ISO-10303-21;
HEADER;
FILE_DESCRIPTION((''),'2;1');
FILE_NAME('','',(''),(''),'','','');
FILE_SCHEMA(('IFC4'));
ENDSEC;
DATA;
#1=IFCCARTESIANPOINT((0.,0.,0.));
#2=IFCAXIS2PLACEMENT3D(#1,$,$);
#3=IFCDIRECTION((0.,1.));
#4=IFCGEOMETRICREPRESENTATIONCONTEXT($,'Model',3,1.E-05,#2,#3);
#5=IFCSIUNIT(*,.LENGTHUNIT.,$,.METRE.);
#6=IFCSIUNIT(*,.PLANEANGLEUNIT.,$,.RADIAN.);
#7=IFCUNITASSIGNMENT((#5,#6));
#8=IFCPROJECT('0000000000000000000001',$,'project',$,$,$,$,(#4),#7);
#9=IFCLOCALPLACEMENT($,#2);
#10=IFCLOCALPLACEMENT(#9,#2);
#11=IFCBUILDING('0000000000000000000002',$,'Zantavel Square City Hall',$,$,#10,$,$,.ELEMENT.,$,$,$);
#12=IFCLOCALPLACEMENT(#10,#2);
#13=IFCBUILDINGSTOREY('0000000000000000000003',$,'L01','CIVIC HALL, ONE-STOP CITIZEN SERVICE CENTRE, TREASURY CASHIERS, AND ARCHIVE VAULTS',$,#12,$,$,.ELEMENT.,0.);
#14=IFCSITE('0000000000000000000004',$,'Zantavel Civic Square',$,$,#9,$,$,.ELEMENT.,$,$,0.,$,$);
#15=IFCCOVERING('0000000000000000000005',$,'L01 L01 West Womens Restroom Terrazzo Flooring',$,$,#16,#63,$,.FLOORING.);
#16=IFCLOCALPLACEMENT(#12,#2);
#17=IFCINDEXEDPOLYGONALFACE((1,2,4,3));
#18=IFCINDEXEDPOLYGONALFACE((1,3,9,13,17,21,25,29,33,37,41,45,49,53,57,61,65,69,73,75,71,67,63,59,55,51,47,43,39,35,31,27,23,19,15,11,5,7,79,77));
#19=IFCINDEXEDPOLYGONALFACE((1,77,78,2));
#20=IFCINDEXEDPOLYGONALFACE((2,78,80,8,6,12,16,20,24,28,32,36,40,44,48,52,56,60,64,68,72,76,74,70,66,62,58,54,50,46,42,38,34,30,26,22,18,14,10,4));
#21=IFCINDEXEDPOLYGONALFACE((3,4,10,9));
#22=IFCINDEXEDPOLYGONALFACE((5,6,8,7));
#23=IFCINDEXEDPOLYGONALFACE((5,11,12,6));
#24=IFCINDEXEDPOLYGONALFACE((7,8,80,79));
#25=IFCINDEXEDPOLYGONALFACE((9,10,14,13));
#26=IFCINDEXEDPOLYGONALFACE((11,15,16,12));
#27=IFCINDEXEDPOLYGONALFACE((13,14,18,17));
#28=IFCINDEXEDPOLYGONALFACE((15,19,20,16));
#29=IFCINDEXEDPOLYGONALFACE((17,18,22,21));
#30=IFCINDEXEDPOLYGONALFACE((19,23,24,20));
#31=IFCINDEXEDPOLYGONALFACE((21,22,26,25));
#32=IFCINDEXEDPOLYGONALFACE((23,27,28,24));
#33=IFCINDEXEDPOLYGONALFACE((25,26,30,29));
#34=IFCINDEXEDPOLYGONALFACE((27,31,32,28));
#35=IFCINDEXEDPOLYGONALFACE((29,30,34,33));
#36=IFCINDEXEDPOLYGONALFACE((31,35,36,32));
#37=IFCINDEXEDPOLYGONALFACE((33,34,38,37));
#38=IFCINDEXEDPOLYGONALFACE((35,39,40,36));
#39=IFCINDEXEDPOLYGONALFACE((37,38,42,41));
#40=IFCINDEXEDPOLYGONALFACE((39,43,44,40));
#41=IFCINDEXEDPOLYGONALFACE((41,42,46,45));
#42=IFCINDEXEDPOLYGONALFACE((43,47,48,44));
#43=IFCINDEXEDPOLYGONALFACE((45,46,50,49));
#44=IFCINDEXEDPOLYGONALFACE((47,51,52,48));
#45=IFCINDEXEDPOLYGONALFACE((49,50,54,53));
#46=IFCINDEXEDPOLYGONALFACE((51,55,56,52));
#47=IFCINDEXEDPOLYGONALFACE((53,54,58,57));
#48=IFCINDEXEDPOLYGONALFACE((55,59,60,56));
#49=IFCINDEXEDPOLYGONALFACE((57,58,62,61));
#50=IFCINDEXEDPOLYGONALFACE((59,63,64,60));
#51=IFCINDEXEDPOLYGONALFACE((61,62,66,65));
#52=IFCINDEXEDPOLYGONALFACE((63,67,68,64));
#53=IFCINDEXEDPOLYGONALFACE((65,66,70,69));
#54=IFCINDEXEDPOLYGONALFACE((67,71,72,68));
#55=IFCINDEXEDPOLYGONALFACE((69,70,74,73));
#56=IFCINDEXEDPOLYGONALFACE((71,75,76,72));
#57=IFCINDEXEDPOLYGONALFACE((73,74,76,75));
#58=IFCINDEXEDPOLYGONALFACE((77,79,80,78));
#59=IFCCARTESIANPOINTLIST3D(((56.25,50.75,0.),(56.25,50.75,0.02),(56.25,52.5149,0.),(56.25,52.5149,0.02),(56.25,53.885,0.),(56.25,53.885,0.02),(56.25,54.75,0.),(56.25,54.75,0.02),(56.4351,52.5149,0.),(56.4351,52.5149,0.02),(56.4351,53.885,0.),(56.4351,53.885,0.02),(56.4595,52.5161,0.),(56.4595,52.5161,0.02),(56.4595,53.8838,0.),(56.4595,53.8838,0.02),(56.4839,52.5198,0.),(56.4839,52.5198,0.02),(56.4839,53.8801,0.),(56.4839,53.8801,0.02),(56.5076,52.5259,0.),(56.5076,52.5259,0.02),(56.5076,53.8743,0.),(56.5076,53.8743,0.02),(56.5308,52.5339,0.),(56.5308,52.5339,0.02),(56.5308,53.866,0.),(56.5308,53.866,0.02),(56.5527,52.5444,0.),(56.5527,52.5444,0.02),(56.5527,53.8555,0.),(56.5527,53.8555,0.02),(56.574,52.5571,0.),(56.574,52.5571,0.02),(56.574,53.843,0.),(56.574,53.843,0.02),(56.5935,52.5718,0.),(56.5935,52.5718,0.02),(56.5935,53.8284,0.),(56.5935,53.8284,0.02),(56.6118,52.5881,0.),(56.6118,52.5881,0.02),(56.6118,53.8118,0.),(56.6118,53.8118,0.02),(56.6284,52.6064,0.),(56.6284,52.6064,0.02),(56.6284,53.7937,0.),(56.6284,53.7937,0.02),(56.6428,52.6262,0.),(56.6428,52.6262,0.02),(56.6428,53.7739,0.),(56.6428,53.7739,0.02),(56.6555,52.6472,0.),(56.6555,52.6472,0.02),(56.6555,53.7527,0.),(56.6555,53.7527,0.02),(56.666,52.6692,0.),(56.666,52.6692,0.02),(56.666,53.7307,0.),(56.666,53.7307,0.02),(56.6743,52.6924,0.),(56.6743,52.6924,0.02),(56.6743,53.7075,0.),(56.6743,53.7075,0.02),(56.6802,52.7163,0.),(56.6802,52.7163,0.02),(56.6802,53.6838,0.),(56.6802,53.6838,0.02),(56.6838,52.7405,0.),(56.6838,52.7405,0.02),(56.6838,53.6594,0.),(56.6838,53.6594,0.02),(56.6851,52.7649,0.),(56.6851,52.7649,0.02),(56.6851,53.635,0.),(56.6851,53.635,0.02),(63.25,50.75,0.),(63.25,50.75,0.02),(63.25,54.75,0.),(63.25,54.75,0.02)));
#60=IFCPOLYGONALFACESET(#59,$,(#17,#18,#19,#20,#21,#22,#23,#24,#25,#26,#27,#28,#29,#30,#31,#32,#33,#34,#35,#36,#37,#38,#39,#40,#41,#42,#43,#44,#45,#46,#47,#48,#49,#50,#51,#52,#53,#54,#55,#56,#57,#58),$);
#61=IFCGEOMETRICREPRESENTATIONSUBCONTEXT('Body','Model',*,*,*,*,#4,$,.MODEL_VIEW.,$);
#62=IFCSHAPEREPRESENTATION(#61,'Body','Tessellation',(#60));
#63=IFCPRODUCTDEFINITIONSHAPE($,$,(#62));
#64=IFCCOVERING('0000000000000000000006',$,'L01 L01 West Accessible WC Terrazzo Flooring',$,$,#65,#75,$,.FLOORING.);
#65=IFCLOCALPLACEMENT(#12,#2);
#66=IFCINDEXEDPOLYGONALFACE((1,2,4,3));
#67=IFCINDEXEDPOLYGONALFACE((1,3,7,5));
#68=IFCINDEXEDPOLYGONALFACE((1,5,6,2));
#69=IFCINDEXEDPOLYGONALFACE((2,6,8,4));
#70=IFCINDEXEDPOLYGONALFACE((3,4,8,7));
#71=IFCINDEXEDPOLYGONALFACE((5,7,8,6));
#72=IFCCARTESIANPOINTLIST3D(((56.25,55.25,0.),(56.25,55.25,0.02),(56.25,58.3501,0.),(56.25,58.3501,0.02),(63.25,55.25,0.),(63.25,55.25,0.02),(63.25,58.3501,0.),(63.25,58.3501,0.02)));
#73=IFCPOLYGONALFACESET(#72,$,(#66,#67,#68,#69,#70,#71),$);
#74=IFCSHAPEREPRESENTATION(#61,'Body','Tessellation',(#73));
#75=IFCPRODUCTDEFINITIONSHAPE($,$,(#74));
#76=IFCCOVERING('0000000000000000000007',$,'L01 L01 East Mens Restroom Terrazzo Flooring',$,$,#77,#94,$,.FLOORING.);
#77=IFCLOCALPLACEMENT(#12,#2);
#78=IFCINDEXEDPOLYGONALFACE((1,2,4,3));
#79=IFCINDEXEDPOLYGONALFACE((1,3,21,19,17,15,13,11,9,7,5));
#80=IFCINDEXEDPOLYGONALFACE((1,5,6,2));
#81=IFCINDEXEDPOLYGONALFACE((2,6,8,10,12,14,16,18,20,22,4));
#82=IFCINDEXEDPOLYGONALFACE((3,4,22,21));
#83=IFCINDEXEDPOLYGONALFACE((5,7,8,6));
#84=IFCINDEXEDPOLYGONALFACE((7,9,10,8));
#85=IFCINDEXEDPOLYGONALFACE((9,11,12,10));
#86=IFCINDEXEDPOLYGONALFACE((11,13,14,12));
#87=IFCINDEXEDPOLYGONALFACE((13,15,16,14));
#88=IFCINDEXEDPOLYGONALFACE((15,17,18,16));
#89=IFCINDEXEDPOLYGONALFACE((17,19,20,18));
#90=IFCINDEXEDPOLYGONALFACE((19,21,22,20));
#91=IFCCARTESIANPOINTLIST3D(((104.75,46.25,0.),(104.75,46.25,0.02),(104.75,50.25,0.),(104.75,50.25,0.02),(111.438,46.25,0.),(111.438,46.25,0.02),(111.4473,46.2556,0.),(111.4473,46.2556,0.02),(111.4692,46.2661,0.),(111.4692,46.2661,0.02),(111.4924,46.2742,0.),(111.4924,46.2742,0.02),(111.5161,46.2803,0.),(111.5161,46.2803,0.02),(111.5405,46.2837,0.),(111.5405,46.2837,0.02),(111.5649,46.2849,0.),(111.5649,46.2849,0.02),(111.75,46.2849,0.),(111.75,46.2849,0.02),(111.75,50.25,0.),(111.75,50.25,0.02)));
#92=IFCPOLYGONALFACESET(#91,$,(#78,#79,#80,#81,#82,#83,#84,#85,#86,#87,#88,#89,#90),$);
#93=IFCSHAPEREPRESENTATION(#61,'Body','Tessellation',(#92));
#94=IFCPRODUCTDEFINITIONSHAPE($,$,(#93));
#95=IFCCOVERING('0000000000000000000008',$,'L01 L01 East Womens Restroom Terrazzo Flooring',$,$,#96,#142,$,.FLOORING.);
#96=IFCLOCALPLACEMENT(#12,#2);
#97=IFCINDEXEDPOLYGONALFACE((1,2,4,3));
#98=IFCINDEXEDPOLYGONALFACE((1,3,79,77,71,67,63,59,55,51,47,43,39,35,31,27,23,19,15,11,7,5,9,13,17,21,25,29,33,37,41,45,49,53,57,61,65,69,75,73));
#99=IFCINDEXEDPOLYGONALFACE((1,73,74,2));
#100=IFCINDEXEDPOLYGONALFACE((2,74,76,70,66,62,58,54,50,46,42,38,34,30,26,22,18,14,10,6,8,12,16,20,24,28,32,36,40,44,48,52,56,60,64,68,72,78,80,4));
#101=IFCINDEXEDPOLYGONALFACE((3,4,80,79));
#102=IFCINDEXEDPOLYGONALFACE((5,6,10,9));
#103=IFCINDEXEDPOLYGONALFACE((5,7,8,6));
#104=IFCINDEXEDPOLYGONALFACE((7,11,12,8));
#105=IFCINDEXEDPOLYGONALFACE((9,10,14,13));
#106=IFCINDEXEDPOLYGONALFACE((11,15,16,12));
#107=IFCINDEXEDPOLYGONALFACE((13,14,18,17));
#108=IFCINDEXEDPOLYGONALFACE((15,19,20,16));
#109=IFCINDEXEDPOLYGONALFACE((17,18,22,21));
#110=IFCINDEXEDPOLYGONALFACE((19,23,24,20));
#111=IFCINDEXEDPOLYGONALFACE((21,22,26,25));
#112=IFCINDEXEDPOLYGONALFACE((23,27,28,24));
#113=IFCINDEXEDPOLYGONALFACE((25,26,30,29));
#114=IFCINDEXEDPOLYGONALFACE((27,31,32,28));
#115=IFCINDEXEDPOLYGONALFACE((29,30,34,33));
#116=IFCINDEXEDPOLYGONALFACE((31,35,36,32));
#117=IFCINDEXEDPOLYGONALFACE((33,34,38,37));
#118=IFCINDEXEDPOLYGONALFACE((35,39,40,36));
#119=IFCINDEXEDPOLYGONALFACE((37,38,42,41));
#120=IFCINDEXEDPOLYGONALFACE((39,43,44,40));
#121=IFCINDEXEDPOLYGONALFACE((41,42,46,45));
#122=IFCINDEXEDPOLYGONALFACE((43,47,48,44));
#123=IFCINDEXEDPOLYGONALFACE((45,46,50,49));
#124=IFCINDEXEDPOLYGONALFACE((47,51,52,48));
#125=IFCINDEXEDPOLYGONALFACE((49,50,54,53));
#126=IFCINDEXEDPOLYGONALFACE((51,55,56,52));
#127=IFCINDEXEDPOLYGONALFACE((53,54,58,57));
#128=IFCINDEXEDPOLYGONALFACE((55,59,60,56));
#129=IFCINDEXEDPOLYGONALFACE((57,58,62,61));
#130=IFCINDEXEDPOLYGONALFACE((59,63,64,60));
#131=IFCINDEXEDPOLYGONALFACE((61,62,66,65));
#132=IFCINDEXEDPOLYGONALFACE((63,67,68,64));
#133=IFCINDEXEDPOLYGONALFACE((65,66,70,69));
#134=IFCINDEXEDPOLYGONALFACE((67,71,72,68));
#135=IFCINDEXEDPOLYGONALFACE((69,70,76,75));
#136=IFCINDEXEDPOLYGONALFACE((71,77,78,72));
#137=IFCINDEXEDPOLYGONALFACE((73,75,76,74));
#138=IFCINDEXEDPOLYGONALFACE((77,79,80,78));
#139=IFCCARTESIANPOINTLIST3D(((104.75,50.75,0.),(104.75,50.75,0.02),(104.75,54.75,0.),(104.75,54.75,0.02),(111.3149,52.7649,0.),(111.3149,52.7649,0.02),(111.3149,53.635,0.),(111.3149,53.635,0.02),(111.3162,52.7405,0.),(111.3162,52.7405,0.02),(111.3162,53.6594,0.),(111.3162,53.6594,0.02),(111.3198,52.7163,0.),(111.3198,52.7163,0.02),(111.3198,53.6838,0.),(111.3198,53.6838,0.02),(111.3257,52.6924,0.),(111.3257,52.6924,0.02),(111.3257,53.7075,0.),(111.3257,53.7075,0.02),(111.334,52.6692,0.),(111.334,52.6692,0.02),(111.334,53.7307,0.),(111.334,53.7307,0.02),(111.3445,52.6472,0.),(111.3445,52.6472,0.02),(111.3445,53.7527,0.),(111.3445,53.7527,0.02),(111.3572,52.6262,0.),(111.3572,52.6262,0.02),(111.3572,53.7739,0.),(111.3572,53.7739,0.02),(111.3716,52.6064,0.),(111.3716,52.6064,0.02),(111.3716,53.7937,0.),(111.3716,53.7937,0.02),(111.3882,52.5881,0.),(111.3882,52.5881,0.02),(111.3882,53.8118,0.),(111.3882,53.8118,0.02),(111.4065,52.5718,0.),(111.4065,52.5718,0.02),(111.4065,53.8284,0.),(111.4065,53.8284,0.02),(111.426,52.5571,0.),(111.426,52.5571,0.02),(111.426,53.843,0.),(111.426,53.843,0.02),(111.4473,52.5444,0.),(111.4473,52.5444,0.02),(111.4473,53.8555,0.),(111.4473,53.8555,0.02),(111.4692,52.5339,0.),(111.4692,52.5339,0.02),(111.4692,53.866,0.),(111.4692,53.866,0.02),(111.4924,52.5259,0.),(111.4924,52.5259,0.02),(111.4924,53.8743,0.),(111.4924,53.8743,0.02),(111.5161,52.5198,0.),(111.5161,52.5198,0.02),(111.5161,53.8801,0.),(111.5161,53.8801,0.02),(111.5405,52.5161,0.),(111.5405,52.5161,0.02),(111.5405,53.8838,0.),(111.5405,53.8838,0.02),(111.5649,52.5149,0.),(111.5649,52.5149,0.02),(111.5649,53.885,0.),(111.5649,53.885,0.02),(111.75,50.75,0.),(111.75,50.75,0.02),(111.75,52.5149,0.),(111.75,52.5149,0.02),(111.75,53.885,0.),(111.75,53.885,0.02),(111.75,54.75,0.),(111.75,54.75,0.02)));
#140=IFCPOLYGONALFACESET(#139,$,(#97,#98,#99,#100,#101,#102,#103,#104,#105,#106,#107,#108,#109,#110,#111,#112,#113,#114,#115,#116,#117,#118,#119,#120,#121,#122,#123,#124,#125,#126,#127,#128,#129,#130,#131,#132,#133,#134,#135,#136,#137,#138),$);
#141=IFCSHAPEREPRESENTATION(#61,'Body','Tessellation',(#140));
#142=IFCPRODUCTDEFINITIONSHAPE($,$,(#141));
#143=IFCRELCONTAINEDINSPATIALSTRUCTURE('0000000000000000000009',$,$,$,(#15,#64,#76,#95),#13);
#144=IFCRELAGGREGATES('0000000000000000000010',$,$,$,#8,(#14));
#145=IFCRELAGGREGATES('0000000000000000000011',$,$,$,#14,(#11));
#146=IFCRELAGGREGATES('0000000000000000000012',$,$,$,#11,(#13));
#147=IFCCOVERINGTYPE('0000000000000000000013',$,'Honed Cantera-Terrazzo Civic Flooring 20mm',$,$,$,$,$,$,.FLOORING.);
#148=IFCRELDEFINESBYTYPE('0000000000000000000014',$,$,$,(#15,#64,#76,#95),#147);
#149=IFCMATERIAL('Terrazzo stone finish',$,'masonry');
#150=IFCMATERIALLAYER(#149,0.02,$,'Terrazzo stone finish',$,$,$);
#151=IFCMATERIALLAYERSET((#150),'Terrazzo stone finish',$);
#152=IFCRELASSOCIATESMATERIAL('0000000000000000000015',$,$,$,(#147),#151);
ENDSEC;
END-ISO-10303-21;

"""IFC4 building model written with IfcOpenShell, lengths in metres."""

from ifc_helpers import new_model, si_unit, direction, origin, place, context, subcontext, project, spatial, polyline, outline, extrude, material, layer, layer_set, type_object, element, save


model = new_model("IFC4")

# Units and contexts
model_context = context("Model", 3, precision=1e-05, world=origin(), true_north=direction((0.0, 1.0)))
body_context = subcontext(model_context, "Body", "Model", "MODEL_VIEW")
ifc_project = project(units=[si_unit("LENGTHUNIT", "METRE"), si_unit("PLANEANGLEUNIT", "RADIAN")], contexts=[model_context])

# Site, building, storey
site_placement = place(None, origin())
site = spatial("IfcSite", under=ifc_project, at=site_placement, Name="Zantavel Civic Square", CompositionType="ELEMENT", RefElevation=0.0)
building_placement = place(site_placement, origin())
building = spatial("IfcBuilding", under=site, at=building_placement, Name="Zantavel Square City Hall", CompositionType="ELEMENT")
storey_placement = place(building_placement, origin())
storey = spatial("IfcBuildingStorey", under=building, at=storey_placement, Name="L01", Description="CIVIC HALL, ONE-STOP CITIZEN SERVICE CENTRE, TREASURY CASHIERS, AND ARCHIVE VAULTS", CompositionType="ELEMENT", Elevation=0.0)

# Coverings
ifc_material_1 = material(Name="Terrazzo stone finish", Category="masonry")
ifc_layer_1 = layer(ifc_material_1, 0.02, Name="Terrazzo stone finish")
ifc_layer_set_1 = layer_set([ifc_layer_1], Name="Terrazzo stone finish")
covering_type_1 = type_object("IfcCoveringType", Name="Honed Cantera-Terrazzo Civic Flooring 20mm", PredefinedType="FLOORING", material=ifc_layer_set_1)
covering_1_placement = place(storey_placement, origin())
element("IfcCovering", 1, at=covering_1_placement, inside=storey, type_object=covering_type_1, Name="L01 L01 West Womens Restroom Terrazzo Flooring", PredefinedType="FLOORING", context=body_context, shape_type="SweptSolid", body=[
    extrude(outline(polyline([(56.25, 52.5149), (56.4351, 52.5149), (56.4595, 52.5161), (56.4839, 52.5198), (56.5076, 52.5259), (56.5308, 52.5339), (56.5527, 52.5444), (56.574, 52.5571), (56.5935, 52.5718), (56.6118, 52.5881), (56.6284, 52.6064), (56.6428, 52.6262), (56.6555, 52.6472), (56.666, 52.6692), (56.6743, 52.6924), (56.6802, 52.7163), (56.6838, 52.7405), (56.6851, 52.7649), (56.6851, 53.635), (56.6838, 53.6594), (56.6802, 53.6838), (56.6743, 53.7075), (56.666, 53.7307), (56.6555, 53.7527), (56.6428, 53.7739), (56.6284, 53.7937), (56.6118, 53.8118), (56.5935, 53.8284), (56.574, 53.843), (56.5527, 53.8555), (56.5308, 53.866), (56.5076, 53.8743), (56.4839, 53.8801), (56.4595, 53.8838), (56.4351, 53.885), (56.25, 53.885), (56.25, 54.75), (63.25, 54.75), (63.25, 50.75), (56.25, 50.75), (56.25, 52.5149)])), origin(), (0.0, 0.0, 1.0), 0.02),
])
covering_2_placement = place(storey_placement, origin())
element("IfcCovering", 2, at=covering_2_placement, inside=storey, type_object=covering_type_1, Name="L01 L01 West Accessible WC Terrazzo Flooring", PredefinedType="FLOORING", context=body_context, shape_type="SweptSolid", body=[
    extrude(outline(polyline([(56.25, 58.3501), (63.25, 58.3501), (63.25, 55.25), (56.25, 55.25), (56.25, 58.3501)])), origin(), (0.0, 0.0, 1.0), 0.02),
])
covering_3_placement = place(storey_placement, origin())
element("IfcCovering", 3, at=covering_3_placement, inside=storey, type_object=covering_type_1, Name="L01 L01 East Mens Restroom Terrazzo Flooring", PredefinedType="FLOORING", context=body_context, shape_type="SweptSolid", body=[
    extrude(outline(polyline([(104.75, 50.25), (111.75, 50.25), (111.75, 46.2849), (111.5649, 46.2849), (111.5405, 46.2837), (111.5161, 46.2803), (111.4924, 46.2742), (111.4692, 46.2661), (111.4473, 46.2556), (111.438, 46.25), (104.75, 46.25), (104.75, 50.25)])), origin(), (0.0, 0.0, 1.0), 0.02),
])
covering_4_placement = place(storey_placement, origin())
element("IfcCovering", 4, at=covering_4_placement, inside=storey, type_object=covering_type_1, Name="L01 L01 East Womens Restroom Terrazzo Flooring", PredefinedType="FLOORING", context=body_context, shape_type="SweptSolid", body=[
    extrude(outline(polyline([(111.5405, 53.8838), (111.5161, 53.8801), (111.4924, 53.8743), (111.4692, 53.866), (111.4473, 53.8555), (111.426, 53.843), (111.4065, 53.8284), (111.3882, 53.8118), (111.3716, 53.7937), (111.3572, 53.7739), (111.3445, 53.7527), (111.334, 53.7307), (111.3257, 53.7075), (111.3198, 53.6838), (111.3162, 53.6594), (111.3149, 53.635), (111.3149, 52.7649), (111.3162, 52.7405), (111.3198, 52.7163), (111.3257, 52.6924), (111.334, 52.6692), (111.3445, 52.6472), (111.3572, 52.6262), (111.3716, 52.6064), (111.3882, 52.5881), (111.4065, 52.5718), (111.426, 52.5571), (111.4473, 52.5444), (111.4692, 52.5339), (111.4924, 52.5259), (111.5161, 52.5198), (111.5405, 52.5161), (111.5649, 52.5149), (111.75, 52.5149), (111.75, 50.75), (104.75, 50.75), (104.75, 54.75), (111.75, 54.75), (111.75, 53.885), (111.5649, 53.885), (111.5405, 53.8838)])), origin(), (0.0, 0.0, 1.0), 0.02),
])

save(model, "model.ifc")
